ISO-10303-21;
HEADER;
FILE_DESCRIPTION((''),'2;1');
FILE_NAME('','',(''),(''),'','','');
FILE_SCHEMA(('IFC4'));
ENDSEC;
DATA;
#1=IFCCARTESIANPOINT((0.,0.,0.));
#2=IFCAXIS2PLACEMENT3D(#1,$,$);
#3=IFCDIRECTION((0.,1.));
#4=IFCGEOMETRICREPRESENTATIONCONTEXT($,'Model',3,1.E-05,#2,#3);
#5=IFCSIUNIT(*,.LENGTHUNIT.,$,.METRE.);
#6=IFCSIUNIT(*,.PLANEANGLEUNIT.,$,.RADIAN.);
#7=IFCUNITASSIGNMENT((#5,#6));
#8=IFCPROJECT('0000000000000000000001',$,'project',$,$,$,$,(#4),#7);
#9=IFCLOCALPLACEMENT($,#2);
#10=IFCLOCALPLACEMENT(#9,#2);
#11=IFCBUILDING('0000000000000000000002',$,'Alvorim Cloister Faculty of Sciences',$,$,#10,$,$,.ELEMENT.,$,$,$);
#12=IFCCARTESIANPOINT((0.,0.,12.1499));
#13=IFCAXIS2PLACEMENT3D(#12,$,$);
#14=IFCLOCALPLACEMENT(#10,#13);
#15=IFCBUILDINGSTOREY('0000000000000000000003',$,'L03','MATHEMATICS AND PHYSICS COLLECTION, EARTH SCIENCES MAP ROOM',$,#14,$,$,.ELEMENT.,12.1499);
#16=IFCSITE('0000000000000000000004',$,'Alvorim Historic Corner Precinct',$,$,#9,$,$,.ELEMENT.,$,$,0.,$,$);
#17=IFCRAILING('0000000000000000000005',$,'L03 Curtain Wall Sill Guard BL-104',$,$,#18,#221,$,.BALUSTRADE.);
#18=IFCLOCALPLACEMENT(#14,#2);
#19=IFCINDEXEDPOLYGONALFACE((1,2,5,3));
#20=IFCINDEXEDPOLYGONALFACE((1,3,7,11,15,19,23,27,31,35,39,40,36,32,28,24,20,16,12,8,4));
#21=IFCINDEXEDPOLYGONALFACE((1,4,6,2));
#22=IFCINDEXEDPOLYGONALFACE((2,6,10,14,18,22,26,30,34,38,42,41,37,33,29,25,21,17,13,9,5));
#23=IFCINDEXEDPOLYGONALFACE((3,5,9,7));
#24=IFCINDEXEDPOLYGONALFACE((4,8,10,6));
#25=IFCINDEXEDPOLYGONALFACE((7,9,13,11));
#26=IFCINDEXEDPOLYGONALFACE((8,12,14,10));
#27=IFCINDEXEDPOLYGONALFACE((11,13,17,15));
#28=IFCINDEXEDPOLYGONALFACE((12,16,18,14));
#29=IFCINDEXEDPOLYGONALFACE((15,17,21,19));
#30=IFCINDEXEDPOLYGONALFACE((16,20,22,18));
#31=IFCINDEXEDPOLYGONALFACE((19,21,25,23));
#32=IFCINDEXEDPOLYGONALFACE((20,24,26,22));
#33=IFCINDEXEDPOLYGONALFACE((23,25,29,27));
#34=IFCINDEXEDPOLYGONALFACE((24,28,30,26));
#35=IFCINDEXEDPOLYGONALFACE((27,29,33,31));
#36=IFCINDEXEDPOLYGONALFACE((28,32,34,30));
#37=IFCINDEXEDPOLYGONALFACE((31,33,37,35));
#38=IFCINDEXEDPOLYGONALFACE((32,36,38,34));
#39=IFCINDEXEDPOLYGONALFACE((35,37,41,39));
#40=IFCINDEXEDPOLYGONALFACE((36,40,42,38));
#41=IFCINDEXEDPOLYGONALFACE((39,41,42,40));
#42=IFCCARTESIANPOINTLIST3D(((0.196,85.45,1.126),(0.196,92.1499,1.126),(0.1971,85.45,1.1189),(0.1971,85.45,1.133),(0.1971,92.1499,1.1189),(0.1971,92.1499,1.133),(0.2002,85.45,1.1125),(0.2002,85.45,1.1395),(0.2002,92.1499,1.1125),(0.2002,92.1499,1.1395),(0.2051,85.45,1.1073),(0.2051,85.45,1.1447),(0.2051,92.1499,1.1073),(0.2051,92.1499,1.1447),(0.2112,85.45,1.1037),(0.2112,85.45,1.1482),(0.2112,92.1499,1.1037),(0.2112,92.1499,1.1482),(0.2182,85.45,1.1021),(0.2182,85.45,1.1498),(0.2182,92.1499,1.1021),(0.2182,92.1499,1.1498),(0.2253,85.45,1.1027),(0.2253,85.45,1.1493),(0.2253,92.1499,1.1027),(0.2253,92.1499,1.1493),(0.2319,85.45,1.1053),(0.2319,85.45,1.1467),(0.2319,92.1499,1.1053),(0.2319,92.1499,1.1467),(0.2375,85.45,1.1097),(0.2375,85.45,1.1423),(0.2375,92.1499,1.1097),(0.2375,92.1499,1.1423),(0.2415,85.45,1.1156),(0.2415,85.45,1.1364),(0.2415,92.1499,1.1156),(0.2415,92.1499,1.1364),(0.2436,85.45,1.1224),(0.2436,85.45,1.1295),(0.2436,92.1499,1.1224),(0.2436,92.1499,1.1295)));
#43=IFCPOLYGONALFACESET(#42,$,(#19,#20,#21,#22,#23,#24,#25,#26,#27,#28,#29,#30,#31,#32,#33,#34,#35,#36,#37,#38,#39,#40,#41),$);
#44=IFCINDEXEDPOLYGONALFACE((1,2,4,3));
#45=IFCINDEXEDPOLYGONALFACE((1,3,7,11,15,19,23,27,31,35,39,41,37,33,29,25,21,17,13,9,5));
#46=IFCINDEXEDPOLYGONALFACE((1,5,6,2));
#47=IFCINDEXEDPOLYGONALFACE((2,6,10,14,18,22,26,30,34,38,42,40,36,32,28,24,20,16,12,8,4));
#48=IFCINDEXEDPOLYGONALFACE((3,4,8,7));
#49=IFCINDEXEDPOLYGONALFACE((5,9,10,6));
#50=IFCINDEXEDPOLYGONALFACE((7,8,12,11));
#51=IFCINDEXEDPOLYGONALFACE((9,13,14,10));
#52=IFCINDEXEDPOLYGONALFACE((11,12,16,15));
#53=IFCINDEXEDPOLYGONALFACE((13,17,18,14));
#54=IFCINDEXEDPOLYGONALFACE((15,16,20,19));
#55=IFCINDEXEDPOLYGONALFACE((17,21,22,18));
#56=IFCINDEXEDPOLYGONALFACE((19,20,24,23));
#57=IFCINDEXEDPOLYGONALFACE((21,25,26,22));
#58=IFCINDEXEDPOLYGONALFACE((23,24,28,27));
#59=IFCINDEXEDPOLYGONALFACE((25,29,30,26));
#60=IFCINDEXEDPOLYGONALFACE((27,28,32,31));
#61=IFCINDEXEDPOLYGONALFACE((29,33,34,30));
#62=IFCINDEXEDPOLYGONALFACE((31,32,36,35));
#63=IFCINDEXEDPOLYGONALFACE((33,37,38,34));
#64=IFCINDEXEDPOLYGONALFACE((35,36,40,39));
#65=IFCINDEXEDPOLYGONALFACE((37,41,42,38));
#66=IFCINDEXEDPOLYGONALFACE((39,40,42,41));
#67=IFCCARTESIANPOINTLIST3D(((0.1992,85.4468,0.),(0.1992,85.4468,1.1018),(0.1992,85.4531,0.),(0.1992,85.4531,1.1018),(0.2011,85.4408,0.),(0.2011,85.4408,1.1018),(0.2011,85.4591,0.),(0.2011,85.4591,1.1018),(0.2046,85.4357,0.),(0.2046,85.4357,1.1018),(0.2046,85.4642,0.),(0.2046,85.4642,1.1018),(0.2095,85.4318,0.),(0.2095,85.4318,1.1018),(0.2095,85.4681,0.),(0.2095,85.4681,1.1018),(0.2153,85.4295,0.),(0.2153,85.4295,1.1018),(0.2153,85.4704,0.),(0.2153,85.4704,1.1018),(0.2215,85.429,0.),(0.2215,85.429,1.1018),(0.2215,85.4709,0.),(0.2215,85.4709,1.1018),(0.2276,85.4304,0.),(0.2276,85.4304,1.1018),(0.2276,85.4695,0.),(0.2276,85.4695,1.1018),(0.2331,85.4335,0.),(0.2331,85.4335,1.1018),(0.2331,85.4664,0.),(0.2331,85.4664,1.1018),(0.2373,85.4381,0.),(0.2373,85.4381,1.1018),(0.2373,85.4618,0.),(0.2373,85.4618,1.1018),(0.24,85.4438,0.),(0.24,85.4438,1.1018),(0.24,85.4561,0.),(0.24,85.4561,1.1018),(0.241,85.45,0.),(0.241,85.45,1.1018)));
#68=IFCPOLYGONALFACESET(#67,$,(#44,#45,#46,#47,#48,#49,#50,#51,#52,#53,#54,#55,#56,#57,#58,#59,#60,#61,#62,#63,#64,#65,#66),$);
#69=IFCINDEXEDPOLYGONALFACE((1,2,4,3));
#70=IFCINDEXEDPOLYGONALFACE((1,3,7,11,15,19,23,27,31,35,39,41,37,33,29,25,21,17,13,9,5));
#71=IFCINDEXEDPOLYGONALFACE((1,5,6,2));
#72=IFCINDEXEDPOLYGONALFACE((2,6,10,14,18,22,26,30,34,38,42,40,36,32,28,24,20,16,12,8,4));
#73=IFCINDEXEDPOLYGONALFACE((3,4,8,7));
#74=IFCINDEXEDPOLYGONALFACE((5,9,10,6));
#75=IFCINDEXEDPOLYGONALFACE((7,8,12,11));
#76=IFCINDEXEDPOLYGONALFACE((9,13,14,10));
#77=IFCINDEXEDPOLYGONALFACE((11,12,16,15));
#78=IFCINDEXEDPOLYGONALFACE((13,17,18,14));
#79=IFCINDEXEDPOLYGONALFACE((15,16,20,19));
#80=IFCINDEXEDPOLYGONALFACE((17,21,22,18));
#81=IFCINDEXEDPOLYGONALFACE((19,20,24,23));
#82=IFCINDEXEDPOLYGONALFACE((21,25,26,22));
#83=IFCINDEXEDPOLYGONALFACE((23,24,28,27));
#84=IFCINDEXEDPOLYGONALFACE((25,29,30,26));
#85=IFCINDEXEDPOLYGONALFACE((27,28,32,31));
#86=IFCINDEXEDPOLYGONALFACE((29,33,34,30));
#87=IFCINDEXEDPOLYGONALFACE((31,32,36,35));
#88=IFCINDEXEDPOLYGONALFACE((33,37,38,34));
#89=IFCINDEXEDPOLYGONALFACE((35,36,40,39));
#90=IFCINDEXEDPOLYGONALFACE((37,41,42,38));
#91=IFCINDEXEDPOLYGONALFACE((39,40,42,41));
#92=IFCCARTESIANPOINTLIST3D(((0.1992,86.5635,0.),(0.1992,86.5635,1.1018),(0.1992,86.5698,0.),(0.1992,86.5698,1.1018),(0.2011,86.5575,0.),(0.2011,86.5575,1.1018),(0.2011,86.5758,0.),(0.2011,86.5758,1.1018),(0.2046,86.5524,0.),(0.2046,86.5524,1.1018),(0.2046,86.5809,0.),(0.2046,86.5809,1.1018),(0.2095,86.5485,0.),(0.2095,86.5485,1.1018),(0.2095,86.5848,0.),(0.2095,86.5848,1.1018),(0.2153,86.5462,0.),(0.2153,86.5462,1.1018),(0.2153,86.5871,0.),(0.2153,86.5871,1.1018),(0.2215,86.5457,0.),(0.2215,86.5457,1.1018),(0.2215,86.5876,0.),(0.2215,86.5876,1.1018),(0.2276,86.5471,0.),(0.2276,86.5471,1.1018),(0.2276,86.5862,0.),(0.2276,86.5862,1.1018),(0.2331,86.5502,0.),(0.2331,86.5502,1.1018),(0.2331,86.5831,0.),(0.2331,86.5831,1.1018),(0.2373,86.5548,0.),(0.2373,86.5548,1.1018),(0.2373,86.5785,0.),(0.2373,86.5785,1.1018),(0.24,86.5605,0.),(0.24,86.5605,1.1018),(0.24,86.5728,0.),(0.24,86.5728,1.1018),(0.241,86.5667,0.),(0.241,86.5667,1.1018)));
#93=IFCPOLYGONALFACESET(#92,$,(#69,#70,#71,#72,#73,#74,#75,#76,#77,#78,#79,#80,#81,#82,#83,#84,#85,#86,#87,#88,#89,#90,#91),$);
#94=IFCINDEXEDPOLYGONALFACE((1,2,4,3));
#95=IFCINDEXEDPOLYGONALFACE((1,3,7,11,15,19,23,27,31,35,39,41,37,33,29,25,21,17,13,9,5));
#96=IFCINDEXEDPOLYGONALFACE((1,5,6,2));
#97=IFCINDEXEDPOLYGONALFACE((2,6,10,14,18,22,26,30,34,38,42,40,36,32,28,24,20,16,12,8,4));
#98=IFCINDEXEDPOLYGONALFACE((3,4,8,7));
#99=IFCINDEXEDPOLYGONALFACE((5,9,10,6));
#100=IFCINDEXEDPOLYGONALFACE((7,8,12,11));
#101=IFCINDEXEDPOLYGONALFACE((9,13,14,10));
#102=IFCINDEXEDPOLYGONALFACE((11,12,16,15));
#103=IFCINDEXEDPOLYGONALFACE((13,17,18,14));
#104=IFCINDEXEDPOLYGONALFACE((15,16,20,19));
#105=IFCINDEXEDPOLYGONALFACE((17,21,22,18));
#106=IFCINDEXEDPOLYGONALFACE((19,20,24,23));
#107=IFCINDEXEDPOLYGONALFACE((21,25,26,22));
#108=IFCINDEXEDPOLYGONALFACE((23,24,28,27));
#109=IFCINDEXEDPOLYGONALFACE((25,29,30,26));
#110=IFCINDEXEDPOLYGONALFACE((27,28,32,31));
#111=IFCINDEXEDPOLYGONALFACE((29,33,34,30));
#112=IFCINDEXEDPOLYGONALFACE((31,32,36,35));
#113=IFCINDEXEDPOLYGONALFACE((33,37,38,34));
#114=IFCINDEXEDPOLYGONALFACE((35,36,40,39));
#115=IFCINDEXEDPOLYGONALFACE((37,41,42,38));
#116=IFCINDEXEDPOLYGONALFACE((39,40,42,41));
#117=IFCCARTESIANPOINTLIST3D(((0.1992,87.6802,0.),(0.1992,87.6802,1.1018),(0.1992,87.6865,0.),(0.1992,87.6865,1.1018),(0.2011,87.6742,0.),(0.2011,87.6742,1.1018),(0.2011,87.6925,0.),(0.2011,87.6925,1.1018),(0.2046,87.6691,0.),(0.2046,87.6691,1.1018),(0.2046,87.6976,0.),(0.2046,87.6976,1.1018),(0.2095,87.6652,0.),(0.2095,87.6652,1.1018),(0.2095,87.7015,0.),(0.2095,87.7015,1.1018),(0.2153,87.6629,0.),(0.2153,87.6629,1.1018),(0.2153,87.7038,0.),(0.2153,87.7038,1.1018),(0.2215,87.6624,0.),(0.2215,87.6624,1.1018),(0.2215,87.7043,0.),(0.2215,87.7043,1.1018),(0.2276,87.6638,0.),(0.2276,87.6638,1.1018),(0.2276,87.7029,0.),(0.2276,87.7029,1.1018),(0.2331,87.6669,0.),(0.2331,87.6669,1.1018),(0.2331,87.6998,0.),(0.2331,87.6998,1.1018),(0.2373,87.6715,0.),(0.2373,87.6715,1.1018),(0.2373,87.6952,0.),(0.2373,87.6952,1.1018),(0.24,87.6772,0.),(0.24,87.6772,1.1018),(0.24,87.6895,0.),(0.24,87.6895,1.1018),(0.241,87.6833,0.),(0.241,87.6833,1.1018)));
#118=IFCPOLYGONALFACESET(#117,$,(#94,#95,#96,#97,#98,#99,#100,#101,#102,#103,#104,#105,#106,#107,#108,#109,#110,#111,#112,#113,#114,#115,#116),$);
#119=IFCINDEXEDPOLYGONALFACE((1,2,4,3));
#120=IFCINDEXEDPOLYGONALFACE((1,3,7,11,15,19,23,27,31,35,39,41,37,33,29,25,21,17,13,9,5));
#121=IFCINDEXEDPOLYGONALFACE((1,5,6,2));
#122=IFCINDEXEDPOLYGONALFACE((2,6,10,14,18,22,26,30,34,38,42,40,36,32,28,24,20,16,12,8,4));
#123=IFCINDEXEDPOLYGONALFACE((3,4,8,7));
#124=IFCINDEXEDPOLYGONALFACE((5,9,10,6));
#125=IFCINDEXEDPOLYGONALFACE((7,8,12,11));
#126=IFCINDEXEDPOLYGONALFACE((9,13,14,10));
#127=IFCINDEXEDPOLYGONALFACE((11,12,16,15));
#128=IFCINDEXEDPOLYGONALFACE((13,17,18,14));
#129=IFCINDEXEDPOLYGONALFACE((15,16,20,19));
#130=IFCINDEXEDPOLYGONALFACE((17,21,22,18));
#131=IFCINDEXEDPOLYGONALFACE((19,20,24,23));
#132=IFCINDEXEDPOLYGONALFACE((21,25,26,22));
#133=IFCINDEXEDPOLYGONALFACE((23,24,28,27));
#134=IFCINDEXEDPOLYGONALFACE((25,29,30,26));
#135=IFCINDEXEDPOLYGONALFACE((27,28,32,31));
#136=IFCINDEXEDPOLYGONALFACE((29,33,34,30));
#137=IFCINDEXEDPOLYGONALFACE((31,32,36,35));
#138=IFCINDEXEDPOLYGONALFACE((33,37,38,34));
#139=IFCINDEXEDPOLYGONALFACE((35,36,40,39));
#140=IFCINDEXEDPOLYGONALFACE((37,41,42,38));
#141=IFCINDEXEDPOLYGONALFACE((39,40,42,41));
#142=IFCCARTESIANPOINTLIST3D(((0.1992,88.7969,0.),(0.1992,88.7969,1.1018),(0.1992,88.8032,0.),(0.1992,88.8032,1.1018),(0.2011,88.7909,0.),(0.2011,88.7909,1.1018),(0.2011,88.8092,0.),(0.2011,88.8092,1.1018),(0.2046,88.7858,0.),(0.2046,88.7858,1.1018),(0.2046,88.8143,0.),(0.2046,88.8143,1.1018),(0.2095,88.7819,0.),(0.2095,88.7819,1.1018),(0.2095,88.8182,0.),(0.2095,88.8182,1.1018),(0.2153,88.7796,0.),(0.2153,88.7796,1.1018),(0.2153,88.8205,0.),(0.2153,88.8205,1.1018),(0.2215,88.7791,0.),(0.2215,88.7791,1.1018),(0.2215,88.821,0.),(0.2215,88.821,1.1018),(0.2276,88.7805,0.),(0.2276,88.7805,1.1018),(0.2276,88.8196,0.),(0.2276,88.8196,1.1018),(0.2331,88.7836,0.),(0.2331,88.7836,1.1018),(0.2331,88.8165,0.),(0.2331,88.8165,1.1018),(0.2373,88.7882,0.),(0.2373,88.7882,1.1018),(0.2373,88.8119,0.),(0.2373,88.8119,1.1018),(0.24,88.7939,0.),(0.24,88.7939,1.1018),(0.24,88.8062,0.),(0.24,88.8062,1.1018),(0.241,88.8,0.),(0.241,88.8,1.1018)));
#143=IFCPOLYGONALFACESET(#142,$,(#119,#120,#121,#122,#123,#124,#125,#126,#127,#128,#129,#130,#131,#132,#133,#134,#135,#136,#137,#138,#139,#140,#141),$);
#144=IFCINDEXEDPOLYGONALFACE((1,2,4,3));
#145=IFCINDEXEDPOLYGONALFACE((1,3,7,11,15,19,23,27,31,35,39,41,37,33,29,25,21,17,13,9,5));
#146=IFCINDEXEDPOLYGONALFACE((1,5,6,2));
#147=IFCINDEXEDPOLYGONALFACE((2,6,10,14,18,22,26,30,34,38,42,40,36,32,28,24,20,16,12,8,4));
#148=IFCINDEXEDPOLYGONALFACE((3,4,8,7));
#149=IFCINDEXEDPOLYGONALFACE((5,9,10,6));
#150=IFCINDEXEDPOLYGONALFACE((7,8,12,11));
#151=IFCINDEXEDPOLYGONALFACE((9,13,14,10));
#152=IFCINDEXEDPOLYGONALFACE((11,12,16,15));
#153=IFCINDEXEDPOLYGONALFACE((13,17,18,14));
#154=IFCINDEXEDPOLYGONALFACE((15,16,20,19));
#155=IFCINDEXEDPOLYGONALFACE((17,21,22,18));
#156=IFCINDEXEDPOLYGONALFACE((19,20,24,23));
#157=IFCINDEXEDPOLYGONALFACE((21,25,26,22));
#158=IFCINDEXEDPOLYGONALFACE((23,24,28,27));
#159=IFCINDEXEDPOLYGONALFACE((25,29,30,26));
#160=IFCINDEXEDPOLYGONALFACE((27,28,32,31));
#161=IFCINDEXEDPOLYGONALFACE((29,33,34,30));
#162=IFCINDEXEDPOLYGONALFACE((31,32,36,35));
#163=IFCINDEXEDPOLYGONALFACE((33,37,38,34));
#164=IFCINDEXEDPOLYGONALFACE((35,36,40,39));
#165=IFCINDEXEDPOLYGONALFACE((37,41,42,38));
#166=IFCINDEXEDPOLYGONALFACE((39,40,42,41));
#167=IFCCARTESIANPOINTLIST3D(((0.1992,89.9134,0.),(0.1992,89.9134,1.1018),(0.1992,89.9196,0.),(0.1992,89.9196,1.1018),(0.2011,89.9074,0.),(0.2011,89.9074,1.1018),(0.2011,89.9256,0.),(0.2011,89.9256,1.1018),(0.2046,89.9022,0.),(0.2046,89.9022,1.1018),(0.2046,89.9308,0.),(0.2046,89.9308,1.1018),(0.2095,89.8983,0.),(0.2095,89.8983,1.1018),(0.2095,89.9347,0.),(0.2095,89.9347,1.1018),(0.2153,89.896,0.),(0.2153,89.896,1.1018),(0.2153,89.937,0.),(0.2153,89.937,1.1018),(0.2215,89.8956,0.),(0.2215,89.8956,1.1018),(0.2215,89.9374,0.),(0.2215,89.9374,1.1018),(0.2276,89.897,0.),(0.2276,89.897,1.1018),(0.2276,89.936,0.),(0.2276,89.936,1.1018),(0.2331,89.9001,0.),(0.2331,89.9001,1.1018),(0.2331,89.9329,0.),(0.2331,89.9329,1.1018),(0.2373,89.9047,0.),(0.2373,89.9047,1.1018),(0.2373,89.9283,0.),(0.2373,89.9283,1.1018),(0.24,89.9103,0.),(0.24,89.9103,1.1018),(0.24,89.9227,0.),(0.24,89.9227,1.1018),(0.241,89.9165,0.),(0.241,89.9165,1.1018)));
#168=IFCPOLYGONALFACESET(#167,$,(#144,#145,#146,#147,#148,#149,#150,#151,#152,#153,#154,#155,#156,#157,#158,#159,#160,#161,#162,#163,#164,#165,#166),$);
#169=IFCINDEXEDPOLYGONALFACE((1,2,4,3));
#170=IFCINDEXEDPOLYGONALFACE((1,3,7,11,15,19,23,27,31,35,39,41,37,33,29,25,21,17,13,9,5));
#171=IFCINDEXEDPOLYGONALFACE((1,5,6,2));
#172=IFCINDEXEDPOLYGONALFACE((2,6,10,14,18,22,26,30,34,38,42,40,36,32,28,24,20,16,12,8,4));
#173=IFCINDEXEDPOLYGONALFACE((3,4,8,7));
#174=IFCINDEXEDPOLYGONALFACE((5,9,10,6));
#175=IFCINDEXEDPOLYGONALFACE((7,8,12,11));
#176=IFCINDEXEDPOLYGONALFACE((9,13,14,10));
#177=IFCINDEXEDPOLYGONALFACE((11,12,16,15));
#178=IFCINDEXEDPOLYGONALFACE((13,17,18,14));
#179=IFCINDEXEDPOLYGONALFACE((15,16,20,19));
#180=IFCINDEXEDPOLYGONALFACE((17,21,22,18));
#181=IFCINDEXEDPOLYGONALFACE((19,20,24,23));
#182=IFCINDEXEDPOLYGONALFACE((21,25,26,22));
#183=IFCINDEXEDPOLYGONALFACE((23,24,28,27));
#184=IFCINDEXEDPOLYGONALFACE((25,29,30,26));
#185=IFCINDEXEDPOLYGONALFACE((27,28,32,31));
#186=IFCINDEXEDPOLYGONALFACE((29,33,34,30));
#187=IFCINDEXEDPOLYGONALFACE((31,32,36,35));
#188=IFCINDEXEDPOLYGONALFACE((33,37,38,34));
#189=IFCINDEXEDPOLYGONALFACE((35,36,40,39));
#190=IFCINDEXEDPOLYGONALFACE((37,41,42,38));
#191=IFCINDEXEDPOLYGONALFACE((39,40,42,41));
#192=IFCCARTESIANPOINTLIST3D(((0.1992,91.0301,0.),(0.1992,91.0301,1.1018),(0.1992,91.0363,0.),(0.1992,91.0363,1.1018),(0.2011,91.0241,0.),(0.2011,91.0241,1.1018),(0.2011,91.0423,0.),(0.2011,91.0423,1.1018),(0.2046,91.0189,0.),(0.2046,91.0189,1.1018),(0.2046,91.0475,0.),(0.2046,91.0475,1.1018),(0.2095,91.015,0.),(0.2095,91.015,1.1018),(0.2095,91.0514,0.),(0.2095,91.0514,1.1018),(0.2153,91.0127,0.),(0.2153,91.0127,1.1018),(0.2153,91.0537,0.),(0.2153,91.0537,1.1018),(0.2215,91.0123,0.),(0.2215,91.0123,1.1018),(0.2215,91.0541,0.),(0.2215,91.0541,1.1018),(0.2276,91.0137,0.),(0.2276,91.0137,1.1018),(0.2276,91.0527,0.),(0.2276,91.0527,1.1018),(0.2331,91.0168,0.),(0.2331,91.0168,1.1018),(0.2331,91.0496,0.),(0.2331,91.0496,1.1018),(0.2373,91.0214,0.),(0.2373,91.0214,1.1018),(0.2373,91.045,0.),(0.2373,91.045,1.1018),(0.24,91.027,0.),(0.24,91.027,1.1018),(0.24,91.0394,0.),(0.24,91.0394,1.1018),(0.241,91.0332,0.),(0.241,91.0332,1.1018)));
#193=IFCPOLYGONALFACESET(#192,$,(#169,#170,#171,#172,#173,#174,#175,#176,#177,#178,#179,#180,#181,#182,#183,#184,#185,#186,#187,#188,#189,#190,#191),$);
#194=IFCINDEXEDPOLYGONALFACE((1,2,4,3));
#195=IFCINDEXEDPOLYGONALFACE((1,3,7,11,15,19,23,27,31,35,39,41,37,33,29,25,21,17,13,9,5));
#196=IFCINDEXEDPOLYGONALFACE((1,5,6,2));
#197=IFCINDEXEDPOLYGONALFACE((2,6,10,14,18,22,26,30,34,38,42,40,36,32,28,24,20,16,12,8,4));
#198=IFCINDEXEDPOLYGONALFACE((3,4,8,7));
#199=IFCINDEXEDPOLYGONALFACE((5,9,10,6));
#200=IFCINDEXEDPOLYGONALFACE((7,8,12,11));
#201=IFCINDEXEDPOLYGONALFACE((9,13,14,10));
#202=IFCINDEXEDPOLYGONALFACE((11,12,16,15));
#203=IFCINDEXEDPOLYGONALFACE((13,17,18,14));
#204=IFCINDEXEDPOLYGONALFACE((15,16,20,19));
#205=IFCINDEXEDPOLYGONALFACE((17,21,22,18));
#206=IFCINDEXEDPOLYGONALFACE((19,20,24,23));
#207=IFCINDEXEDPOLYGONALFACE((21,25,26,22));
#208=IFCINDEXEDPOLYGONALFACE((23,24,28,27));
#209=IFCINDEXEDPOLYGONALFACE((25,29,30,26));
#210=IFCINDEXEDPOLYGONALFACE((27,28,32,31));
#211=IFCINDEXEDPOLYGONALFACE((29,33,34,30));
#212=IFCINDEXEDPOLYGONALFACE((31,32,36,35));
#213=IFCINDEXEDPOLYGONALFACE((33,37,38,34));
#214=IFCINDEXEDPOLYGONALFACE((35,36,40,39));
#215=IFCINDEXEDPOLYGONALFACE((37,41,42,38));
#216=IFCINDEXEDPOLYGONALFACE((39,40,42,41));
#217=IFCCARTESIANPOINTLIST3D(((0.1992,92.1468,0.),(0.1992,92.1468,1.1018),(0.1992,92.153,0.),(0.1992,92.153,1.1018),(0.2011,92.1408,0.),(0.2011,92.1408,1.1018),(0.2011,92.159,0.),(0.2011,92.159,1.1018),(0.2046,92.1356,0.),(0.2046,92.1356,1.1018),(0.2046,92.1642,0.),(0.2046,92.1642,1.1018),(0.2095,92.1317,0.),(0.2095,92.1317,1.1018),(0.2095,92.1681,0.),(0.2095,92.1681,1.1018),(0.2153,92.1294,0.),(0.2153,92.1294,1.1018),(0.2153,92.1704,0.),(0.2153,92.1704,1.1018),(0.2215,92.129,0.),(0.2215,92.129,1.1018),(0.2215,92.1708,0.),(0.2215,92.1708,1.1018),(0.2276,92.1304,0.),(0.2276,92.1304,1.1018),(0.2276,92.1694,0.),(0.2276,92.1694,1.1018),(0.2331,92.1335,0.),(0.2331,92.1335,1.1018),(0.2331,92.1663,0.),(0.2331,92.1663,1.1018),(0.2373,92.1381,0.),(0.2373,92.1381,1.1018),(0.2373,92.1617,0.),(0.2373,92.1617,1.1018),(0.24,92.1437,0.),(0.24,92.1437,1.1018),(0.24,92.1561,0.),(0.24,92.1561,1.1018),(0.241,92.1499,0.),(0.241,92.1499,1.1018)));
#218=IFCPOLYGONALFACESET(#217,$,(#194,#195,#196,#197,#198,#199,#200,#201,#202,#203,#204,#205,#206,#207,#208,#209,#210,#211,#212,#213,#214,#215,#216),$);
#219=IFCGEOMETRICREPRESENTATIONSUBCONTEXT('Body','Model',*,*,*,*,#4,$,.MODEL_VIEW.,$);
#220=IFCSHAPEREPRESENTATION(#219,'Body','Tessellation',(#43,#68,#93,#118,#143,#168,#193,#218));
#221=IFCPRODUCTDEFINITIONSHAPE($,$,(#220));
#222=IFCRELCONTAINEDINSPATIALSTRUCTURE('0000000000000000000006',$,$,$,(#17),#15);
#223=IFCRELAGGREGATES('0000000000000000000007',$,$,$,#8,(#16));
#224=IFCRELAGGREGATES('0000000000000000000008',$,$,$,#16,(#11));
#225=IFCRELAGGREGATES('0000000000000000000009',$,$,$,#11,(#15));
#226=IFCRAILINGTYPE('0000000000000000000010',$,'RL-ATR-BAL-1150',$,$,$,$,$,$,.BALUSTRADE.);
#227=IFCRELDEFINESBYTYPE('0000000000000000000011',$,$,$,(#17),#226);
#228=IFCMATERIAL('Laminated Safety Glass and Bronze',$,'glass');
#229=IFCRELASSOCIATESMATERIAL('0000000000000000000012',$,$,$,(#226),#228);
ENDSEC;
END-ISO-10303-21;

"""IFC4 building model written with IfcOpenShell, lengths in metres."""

from ifc_helpers import new_model, si_unit, direction, frame, origin, origin_2d, place, context, subcontext, project, spatial, circle, extrude, material, type_object, element, save


model = new_model("IFC4")

# Units and contexts
model_context = context("Model", 3, precision=1e-05, world=origin(), true_north=direction((0.0, 1.0)))
body_context = subcontext(model_context, "Body", "Model", "MODEL_VIEW")
ifc_project = project(units=[si_unit("LENGTHUNIT", "METRE"), si_unit("PLANEANGLEUNIT", "RADIAN")], contexts=[model_context])

# Site, building, storey
site_placement = place(None, origin())
site = spatial("IfcSite", under=ifc_project, at=site_placement, Name="Alvorim Historic Corner Precinct", CompositionType="ELEMENT", RefElevation=0.0)
building_placement = place(site_placement, origin())
building = spatial("IfcBuilding", under=site, at=building_placement, Name="Alvorim Cloister Faculty of Sciences", CompositionType="ELEMENT")
storey_placement = place(building_placement, frame((0.0, 0.0, 12.1499)))
storey = spatial("IfcBuildingStorey", under=building, at=storey_placement, Name="L03", Description="MATHEMATICS AND PHYSICS COLLECTION, EARTH SCIENCES MAP ROOM", CompositionType="ELEMENT", Elevation=12.1499)

# Railing
ifc_material_1 = material(Name="Laminated Safety Glass and Bronze", Category="glass")
railing_type = type_object("IfcRailingType", Name="RL-ATR-BAL-1150", PredefinedType="BALUSTRADE", material=ifc_material_1)
railing_placement = place(storey_placement, frame((0.22, 85.45, 0.0)))
element("IfcRailing", 1, at=railing_placement, inside=storey, type_object=railing_type, Name="L03 Curtain Wall Sill Guard BL-104", PredefinedType="BALUSTRADE", context=body_context, shape_type="SweptSolid", body=[
    extrude(circle(Radius=0.0239, at=origin_2d()), frame((0.0, 0.0, 1.126), z_axis=(0.0, 1.0, 0.0), x_axis=(-1.0, 0.0, 0.0)), (0.0, 0.0, 1.0), 6.7),
    extrude(circle(Radius=0.021, at=origin_2d()), origin(), (0.0, 0.0, 1.0), 1.1018),
    extrude(circle(Radius=0.021, at=origin_2d()), frame((0.0, 1.1167, 0.0)), (0.0, 0.0, 1.0), 1.1018),
    extrude(circle(Radius=0.021, at=origin_2d()), frame((0.0, 2.2334, 0.0)), (0.0, 0.0, 1.0), 1.1018),
    extrude(circle(Radius=0.021, at=origin_2d()), frame((0.0, 3.3501, 0.0)), (0.0, 0.0, 1.0), 1.1018),
    extrude(circle(Radius=0.021, at=origin_2d()), frame((0.0, 4.4666, 0.0)), (0.0, 0.0, 1.0), 1.1018),
    extrude(circle(Radius=0.021, at=origin_2d()), frame((0.0, 5.5833, 0.0)), (0.0, 0.0, 1.0), 1.1018),
    extrude(circle(Radius=0.021, at=origin_2d()), frame((0.0, 6.7, 0.0)), (0.0, 0.0, 1.0), 1.1018),
])

save(model, "model.ifc")
